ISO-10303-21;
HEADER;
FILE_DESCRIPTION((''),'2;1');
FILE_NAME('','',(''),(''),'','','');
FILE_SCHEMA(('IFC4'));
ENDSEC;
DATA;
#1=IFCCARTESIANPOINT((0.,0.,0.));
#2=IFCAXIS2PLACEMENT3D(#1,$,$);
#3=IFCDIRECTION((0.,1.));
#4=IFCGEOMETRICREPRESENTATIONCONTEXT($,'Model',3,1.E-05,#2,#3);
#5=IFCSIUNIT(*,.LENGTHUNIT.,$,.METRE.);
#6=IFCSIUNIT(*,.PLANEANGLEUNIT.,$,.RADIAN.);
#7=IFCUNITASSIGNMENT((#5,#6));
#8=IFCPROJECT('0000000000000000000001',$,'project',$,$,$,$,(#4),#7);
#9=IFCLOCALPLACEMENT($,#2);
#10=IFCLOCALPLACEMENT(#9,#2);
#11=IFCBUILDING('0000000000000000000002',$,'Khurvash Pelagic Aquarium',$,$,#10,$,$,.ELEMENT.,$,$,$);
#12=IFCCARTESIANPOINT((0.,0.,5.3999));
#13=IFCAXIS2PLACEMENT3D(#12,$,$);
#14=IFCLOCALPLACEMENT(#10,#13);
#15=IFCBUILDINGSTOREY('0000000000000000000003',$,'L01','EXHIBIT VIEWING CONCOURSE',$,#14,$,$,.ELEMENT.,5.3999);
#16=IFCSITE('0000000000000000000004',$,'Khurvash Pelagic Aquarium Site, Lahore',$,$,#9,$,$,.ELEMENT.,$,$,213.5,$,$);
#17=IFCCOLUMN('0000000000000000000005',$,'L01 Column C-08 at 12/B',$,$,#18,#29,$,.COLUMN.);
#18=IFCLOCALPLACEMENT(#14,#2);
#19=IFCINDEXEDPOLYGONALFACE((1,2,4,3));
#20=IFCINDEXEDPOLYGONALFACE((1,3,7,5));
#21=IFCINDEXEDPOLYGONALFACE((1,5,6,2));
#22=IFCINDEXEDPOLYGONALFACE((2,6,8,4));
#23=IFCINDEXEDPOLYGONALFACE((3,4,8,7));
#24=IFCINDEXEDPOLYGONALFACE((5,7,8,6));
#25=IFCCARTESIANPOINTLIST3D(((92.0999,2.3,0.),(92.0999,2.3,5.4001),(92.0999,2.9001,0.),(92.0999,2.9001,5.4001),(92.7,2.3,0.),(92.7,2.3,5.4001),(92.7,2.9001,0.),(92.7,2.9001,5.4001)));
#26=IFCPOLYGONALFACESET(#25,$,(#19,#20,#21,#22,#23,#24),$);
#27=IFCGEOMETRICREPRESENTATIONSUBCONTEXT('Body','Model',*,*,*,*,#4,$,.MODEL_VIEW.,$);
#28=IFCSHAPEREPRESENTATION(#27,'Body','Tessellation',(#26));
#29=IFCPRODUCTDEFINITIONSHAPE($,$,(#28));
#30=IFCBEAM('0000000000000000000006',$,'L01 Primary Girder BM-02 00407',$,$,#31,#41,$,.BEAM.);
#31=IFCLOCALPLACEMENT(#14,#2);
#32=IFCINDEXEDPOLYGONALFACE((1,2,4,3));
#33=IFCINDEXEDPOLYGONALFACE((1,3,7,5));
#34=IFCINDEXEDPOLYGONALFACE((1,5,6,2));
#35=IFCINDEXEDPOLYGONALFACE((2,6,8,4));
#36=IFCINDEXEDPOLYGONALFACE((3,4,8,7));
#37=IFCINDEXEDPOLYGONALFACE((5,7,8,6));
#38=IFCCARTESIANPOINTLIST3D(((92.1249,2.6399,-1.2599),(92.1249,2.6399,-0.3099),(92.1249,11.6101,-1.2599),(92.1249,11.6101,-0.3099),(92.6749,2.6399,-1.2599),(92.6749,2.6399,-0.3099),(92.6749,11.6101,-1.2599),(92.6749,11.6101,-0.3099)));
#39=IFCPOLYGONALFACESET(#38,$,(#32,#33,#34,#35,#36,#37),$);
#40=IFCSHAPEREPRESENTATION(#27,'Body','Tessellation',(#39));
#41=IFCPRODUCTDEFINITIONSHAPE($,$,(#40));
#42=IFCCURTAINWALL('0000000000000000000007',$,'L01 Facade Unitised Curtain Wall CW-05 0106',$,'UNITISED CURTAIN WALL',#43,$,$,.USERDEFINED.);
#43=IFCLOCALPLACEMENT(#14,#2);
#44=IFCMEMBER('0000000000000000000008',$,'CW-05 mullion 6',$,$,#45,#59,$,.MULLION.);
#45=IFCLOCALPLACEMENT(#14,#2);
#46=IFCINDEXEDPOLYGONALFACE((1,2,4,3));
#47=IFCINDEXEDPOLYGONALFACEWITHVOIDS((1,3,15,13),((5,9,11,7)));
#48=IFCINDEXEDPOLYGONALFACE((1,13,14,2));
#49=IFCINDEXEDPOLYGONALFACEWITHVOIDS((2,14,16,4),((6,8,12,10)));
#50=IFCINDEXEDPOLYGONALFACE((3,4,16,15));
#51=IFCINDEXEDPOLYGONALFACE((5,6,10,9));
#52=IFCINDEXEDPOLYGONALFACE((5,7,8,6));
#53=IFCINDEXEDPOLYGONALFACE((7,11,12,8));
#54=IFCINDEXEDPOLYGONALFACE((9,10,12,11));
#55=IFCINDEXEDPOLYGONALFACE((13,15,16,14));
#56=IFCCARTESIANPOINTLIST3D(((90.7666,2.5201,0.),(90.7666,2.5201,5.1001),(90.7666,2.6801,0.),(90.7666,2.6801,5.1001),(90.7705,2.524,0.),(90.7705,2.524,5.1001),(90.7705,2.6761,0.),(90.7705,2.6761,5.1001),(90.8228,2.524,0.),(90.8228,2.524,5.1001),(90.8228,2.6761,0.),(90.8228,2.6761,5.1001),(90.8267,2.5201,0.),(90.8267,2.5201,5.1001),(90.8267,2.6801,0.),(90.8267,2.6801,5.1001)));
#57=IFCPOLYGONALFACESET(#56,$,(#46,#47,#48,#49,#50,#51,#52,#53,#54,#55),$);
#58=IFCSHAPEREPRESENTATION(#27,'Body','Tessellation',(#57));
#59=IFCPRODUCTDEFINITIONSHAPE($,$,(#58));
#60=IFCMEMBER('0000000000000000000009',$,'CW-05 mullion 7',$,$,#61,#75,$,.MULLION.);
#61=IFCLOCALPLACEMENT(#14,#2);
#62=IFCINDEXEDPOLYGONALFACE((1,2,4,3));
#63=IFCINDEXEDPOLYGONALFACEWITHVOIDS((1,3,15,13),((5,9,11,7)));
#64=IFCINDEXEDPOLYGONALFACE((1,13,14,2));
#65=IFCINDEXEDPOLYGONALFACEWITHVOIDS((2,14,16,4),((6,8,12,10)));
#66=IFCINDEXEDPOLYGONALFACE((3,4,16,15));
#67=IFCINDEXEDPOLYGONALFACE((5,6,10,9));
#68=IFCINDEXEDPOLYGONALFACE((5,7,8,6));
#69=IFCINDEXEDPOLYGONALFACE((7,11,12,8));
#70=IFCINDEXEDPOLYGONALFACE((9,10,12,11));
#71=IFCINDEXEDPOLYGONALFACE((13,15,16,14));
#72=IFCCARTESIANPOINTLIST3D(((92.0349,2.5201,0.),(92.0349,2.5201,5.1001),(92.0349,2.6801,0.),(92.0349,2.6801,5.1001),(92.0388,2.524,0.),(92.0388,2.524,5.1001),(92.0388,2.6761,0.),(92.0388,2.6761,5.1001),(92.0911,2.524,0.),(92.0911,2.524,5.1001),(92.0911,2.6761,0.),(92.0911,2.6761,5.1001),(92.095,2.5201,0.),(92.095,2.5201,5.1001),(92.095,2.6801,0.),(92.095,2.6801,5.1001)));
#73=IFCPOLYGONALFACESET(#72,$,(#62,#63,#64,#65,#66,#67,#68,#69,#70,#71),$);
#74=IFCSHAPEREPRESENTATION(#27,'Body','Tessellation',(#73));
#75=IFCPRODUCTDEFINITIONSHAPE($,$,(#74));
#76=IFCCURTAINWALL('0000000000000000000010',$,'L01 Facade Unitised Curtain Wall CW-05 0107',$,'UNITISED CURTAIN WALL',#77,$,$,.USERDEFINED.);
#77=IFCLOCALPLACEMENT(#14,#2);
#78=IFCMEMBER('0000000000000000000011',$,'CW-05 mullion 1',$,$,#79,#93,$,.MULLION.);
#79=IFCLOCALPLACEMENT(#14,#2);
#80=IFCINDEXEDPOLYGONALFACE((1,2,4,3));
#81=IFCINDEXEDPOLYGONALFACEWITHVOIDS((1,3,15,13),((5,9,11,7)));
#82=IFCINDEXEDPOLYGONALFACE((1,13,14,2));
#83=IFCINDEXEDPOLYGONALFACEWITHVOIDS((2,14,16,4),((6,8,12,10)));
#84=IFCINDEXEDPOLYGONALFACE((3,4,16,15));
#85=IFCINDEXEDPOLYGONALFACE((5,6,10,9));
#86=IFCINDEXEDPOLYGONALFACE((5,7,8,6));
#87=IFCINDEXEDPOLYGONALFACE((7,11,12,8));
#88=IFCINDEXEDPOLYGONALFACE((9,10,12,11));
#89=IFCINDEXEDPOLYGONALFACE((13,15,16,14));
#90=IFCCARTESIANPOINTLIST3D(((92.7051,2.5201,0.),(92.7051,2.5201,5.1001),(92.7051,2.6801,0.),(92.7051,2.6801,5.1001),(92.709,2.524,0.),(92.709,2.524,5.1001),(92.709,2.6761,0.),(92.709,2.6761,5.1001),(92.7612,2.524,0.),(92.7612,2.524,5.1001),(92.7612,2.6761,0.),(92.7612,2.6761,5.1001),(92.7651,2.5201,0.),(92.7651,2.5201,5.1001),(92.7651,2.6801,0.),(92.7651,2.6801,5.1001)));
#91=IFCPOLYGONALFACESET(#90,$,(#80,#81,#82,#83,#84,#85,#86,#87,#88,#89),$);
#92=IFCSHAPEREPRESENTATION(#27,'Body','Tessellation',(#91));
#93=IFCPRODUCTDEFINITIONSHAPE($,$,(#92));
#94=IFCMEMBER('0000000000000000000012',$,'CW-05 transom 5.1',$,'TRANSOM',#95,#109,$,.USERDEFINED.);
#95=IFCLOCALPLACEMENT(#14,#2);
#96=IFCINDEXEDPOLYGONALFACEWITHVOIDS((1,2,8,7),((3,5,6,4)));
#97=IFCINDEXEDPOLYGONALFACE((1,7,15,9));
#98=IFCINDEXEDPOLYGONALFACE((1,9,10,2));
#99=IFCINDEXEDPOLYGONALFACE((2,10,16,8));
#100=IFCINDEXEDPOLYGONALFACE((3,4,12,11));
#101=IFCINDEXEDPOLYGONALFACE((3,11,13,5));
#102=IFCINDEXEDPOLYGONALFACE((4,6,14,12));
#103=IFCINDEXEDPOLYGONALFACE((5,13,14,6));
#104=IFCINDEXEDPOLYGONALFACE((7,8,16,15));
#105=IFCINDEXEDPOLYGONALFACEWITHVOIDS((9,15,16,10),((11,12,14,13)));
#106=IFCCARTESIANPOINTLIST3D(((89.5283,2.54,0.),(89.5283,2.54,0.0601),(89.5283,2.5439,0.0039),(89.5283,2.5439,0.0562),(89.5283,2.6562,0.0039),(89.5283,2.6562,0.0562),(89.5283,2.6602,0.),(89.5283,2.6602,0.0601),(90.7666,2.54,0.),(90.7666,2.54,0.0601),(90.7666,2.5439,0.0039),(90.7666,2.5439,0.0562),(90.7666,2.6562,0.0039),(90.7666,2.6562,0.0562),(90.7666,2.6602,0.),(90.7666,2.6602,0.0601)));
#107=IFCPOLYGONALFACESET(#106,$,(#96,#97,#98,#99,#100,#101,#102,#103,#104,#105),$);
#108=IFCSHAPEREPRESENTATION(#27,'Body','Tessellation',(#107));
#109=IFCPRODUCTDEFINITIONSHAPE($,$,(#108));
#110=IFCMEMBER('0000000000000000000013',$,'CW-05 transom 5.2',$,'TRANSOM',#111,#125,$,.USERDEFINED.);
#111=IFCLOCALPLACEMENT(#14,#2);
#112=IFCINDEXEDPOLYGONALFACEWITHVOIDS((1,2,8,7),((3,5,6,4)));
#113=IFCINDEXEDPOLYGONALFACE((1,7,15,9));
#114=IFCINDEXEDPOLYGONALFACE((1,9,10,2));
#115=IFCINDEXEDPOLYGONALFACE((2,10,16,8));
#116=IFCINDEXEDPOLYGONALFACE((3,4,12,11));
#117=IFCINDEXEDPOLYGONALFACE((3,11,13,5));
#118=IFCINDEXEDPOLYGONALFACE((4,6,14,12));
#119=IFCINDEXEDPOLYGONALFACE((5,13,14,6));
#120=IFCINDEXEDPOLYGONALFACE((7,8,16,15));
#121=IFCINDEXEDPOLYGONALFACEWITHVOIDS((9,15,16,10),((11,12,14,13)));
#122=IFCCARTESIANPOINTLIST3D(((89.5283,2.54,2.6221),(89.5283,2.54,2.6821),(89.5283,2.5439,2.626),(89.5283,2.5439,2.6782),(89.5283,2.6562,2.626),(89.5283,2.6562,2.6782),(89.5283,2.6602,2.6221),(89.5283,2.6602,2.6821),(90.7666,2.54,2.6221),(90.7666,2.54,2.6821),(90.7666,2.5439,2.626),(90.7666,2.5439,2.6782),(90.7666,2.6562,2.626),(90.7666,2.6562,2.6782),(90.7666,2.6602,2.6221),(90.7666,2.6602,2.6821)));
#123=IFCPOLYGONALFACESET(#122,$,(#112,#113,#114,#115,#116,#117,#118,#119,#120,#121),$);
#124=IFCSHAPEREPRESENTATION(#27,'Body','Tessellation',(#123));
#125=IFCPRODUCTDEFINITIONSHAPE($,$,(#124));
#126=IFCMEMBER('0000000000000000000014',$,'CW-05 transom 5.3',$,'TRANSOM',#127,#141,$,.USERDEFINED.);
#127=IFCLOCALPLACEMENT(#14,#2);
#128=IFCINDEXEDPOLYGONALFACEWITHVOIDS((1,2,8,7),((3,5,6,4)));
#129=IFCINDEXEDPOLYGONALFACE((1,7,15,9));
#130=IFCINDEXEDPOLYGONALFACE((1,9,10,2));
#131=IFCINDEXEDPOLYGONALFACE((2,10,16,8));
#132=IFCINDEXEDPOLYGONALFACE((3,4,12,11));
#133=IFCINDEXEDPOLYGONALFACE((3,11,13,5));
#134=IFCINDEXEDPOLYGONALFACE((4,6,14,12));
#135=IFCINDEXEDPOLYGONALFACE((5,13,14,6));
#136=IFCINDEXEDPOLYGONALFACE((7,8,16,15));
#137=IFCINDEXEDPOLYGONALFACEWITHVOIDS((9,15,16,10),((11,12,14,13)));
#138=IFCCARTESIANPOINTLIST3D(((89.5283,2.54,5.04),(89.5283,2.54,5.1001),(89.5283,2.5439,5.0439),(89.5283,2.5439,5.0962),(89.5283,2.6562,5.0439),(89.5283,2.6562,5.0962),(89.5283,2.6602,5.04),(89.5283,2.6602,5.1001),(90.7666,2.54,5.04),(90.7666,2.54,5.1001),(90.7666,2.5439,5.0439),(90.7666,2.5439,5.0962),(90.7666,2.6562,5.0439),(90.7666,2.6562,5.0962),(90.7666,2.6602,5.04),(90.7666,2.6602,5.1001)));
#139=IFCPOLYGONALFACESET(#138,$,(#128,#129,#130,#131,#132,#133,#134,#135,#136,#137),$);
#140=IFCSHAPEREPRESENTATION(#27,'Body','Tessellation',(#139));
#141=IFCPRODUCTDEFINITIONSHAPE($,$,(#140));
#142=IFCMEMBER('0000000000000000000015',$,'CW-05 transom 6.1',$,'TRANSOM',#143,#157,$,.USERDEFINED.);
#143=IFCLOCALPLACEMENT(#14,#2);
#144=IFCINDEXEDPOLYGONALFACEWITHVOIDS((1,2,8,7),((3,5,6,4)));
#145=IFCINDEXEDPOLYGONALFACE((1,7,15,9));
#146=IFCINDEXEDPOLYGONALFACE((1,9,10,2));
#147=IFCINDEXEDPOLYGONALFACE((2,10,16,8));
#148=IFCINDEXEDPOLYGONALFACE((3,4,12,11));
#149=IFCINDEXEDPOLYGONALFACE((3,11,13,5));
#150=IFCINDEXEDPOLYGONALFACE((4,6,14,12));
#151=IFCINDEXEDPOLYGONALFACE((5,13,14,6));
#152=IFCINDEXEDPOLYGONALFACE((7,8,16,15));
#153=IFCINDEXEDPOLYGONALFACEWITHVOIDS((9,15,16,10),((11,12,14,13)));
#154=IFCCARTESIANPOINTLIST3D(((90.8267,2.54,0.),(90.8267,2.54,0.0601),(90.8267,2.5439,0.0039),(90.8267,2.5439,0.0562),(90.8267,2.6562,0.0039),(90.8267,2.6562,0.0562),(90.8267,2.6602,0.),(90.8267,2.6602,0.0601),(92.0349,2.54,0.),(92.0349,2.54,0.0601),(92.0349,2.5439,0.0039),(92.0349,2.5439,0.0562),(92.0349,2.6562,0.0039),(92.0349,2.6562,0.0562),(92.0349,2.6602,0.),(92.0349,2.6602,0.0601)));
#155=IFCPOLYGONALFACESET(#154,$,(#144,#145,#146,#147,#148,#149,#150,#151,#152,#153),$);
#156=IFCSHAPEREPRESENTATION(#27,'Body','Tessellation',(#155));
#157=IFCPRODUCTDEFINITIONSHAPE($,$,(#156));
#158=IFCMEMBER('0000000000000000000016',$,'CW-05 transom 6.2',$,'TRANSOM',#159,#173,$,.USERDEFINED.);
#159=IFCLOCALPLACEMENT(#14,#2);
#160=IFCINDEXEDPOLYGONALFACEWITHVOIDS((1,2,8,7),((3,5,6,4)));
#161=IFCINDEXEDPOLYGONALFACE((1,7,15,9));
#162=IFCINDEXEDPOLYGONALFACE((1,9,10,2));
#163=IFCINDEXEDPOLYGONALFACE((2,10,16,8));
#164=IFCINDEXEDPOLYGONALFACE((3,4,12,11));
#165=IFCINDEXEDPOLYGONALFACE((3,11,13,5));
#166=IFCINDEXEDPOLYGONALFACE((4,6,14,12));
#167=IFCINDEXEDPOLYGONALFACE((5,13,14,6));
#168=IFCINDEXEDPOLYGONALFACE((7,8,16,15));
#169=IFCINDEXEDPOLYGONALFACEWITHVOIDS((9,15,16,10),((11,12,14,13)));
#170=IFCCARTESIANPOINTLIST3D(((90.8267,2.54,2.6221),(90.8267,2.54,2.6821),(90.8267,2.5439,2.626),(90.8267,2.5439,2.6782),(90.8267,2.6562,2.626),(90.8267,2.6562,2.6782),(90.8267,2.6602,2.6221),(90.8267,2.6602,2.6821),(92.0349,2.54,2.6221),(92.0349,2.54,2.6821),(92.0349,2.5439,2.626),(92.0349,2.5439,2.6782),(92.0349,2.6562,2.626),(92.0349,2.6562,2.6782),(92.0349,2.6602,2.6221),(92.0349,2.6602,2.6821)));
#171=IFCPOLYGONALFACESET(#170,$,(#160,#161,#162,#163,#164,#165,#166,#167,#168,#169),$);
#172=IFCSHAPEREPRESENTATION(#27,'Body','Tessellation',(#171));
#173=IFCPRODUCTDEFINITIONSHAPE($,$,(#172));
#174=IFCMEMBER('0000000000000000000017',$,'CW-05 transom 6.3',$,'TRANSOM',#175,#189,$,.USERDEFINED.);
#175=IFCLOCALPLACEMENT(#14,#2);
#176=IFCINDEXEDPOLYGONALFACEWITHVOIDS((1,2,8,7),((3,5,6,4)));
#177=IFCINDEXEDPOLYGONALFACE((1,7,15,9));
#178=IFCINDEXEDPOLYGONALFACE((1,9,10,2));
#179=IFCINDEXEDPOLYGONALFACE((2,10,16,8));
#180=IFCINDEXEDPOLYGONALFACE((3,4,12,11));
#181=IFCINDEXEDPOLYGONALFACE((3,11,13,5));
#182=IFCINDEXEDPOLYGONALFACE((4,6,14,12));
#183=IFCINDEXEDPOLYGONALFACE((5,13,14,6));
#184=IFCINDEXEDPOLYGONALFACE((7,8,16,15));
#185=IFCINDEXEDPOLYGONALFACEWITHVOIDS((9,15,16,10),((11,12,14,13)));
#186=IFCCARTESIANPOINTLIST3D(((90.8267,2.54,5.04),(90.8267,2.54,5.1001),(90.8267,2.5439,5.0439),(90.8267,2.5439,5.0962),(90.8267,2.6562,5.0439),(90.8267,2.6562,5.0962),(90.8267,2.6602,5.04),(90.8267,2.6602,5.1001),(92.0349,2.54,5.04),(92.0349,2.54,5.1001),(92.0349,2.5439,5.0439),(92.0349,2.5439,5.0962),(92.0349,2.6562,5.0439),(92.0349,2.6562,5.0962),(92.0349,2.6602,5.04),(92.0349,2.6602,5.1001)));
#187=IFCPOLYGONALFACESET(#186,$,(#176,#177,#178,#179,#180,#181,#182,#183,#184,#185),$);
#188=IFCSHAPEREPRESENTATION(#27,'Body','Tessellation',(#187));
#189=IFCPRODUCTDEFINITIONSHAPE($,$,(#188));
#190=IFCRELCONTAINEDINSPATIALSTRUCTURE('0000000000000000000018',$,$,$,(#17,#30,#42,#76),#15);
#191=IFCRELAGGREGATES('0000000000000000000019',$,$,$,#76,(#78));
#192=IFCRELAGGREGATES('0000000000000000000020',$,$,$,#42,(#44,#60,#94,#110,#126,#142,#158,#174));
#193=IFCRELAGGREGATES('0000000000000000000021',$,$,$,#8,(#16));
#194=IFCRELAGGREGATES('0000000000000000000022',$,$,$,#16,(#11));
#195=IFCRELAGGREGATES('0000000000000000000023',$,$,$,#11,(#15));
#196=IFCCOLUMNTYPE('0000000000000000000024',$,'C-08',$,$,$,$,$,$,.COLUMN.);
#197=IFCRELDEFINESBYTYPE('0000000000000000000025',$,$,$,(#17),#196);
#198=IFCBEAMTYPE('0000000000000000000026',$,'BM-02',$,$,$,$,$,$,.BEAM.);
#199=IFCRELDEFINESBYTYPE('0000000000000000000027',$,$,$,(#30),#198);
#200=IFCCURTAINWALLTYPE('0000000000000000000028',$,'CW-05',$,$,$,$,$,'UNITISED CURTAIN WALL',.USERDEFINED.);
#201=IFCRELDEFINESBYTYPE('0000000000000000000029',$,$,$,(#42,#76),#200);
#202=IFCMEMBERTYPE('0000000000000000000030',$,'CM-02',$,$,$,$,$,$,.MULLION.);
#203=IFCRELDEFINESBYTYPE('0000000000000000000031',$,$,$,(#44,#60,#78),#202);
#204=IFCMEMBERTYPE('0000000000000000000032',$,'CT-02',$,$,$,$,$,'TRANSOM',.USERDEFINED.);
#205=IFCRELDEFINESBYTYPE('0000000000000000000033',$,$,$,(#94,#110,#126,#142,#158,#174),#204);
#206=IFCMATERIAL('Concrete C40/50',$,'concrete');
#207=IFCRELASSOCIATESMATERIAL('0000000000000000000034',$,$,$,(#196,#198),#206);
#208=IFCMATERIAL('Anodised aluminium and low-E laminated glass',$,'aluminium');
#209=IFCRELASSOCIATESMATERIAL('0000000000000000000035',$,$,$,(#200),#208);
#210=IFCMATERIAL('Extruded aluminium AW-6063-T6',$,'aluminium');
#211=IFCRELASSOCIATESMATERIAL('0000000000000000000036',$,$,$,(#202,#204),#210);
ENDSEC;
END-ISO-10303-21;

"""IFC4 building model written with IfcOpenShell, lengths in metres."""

from ifc_helpers import new_model, si_unit, direction, frame, origin, origin_2d, place, context, subcontext, project, spatial, rectangle, hollow_rectangle, extrude, material, material_profile, profile_set, type_object, element, aggregate, save


model = new_model("IFC4")

# Units and contexts
model_context = context("Model", 3, precision=1e-05, world=origin(), true_north=direction((0.0, 1.0)))
body_context = subcontext(model_context, "Body", "Model", "MODEL_VIEW")
ifc_project = project(units=[si_unit("LENGTHUNIT", "METRE"), si_unit("PLANEANGLEUNIT", "RADIAN")], contexts=[model_context])

# Site, building, storey
site_placement = place(None, origin())
site = spatial("IfcSite", under=ifc_project, at=site_placement, Name="Khurvash Pelagic Aquarium Site, Lahore", CompositionType="ELEMENT", RefElevation=213.5)
building_placement = place(site_placement, origin())
building = spatial("IfcBuilding", under=site, at=building_placement, Name="Khurvash Pelagic Aquarium", CompositionType="ELEMENT")
storey_placement = place(building_placement, frame((0.0, 0.0, 5.3999)))
storey = spatial("IfcBuildingStorey", under=building, at=storey_placement, Name="L01", Description="EXHIBIT VIEWING CONCOURSE", CompositionType="ELEMENT", Elevation=5.3999)

# Column
ifc_material_1 = material(Name="Concrete C40/50", Category="concrete")
ifc_material_profile_1 = material_profile(ifc_material_1, rectangle(XDim=0.6001, YDim=0.6001, at=origin_2d()), Name="RC600X600")
ifc_profile_set_1 = profile_set([ifc_material_profile_1], Name="Concrete C40/50")
column_type = type_object("IfcColumnType", Name="C-08", PredefinedType="COLUMN", material=ifc_profile_set_1)
column_placement = place(storey_placement, frame((92.3999, 2.6001, 0.0), z_axis=(0.0, 0.0, 1.0), x_axis=(1.0, 0.0, 0.0)))
element("IfcColumn", 1, at=column_placement, inside=storey, type_object=column_type, Name="L01 Column C-08 at 12/B", PredefinedType="COLUMN", context=body_context, shape_type="SweptSolid", body=[
    extrude(rectangle(XDim=0.6001, YDim=0.6001, at=origin_2d()), origin(), (0.0, 0.0, 1.0), 5.4001),
])

# Beam
ifc_material_profile_2 = material_profile(ifc_material_1, rectangle(XDim=0.55, YDim=0.95, at=origin_2d()), Name="RC550X950")
ifc_profile_set_2 = profile_set([ifc_material_profile_2], Name="Concrete C40/50")
beam_type_1 = type_object("IfcBeamType", Name="BM-02", PredefinedType="BEAM", material=ifc_profile_set_2)
beam_1_placement = place(storey_placement, frame((92.3999, 2.6399, -0.7849), z_axis=(0.0, 1.0, 0.0), x_axis=(-1.0, 0.0, 0.0)))
element("IfcBeam", 2, at=beam_1_placement, inside=storey, type_object=beam_type_1, Name="L01 Primary Girder BM-02 00407", PredefinedType="BEAM", context=body_context, shape_type="SweptSolid", body=[
    extrude(rectangle(XDim=0.55, YDim=0.95, at=origin_2d()), origin(), (0.0, 0.0, 1.0), 8.9702),
])

# Curtain wall, members
ifc_material_2 = material(Name="Anodised aluminium and low-E laminated glass", Category="aluminium")
curtain_wall_type = type_object("IfcCurtainWallType", Name="CW-05", ElementType="UNITISED CURTAIN WALL", PredefinedType="USERDEFINED", material=ifc_material_2)
curtain_wall_1_placement = place(storey_placement, origin())
curtain_wall_1 = element("IfcCurtainWall", 3, at=curtain_wall_1_placement, inside=storey, type_object=curtain_wall_type, Name="L01 Facade Unitised Curtain Wall CW-05 0106", ObjectType="UNITISED CURTAIN WALL", PredefinedType="USERDEFINED")
ifc_material_3 = material(Name="Extruded aluminium AW-6063-T6", Category="aluminium")
ifc_material_profile_3 = material_profile(ifc_material_3, hollow_rectangle(XDim=0.0601, YDim=0.1599, WallThickness=0.0039, at=origin_2d()), Name="CWM60X160X4")
ifc_profile_set_3 = profile_set([ifc_material_profile_3], Name="Extruded aluminium AW-6063-T6")
member_type_1 = type_object("IfcMemberType", Name="CM-02", PredefinedType="MULLION", material=ifc_profile_set_3)
member_1_placement = place(storey_placement, frame((90.7966, 2.6001, 0.0), z_axis=(0.0, 0.0, 1.0), x_axis=(1.0, 0.0, 0.0)))
member_1 = element("IfcMember", 4, at=member_1_placement, type_object=member_type_1, Name="CW-05 mullion 6", PredefinedType="MULLION", context=body_context, shape_type="SweptSolid", body=[
    extrude(hollow_rectangle(XDim=0.0601, YDim=0.1599, WallThickness=0.0039, at=origin_2d()), origin(), (0.0, 0.0, 1.0), 5.1001),
])
member_2_placement = place(storey_placement, frame((92.0649, 2.6001, 0.0), z_axis=(0.0, 0.0, 1.0), x_axis=(1.0, 0.0, 0.0)))
member_2 = element("IfcMember", 5, at=member_2_placement, type_object=member_type_1, Name="CW-05 mullion 7", PredefinedType="MULLION", context=body_context, shape_type="SweptSolid", body=[
    extrude(hollow_rectangle(XDim=0.0601, YDim=0.1599, WallThickness=0.0039, at=origin_2d()), origin(), (0.0, 0.0, 1.0), 5.1001),
])

# Curtain wall, member
curtain_wall_2_placement = place(storey_placement, origin())
curtain_wall_2 = element("IfcCurtainWall", 6, at=curtain_wall_2_placement, inside=storey, type_object=curtain_wall_type, Name="L01 Facade Unitised Curtain Wall CW-05 0107", ObjectType="UNITISED CURTAIN WALL", PredefinedType="USERDEFINED")
member_3_placement = place(storey_placement, frame((92.7351, 2.6001, 0.0), z_axis=(0.0, 0.0, 1.0), x_axis=(1.0, 0.0, 0.0)))
member_3 = element("IfcMember", 7, at=member_3_placement, type_object=member_type_1, Name="CW-05 mullion 1", PredefinedType="MULLION", context=body_context, shape_type="SweptSolid", body=[
    extrude(hollow_rectangle(XDim=0.0601, YDim=0.1599, WallThickness=0.0039, at=origin_2d()), origin(), (0.0, 0.0, 1.0), 5.1001),
])

# Members
ifc_material_profile_4 = material_profile(ifc_material_3, hollow_rectangle(XDim=0.1201, YDim=0.0601, WallThickness=0.0039, at=origin_2d()), Name="CWT120X60X4")
ifc_profile_set_4 = profile_set([ifc_material_profile_4], Name="Extruded aluminium AW-6063-T6")
member_type_2 = type_object("IfcMemberType", Name="CT-02", ElementType="TRANSOM", PredefinedType="USERDEFINED", material=ifc_profile_set_4)
member_4_placement = place(storey_placement, frame((89.5283, 2.6001, 0.03), z_axis=(1.0, 0.0, 0.0), x_axis=(0.0, 1.0, 0.0)))
member_4 = element("IfcMember", 8, at=member_4_placement, type_object=member_type_2, Name="CW-05 transom 5.1", ObjectType="TRANSOM", PredefinedType="USERDEFINED", context=body_context, shape_type="SweptSolid", body=[
    extrude(hollow_rectangle(XDim=0.1201, YDim=0.0601, WallThickness=0.0039, at=origin_2d()), origin(), (0.0, 0.0, 1.0), 1.2383),
])
member_5_placement = place(storey_placement, frame((89.5283, 2.6001, 2.6521), z_axis=(1.0, 0.0, 0.0), x_axis=(0.0, 1.0, 0.0)))
member_5 = element("IfcMember", 9, at=member_5_placement, type_object=member_type_2, Name="CW-05 transom 5.2", ObjectType="TRANSOM", PredefinedType="USERDEFINED", context=body_context, shape_type="SweptSolid", body=[
    extrude(hollow_rectangle(XDim=0.1201, YDim=0.0601, WallThickness=0.0039, at=origin_2d()), origin(), (0.0, 0.0, 1.0), 1.2383),
])
member_6_placement = place(storey_placement, frame((89.5283, 2.6001, 5.0701), z_axis=(1.0, 0.0, 0.0), x_axis=(0.0, 1.0, 0.0)))
member_6 = element("IfcMember", 10, at=member_6_placement, type_object=member_type_2, Name="CW-05 transom 5.3", ObjectType="TRANSOM", PredefinedType="USERDEFINED", context=body_context, shape_type="SweptSolid", body=[
    extrude(hollow_rectangle(XDim=0.1201, YDim=0.0601, WallThickness=0.0039, at=origin_2d()), origin(), (0.0, 0.0, 1.0), 1.2383),
])
member_7_placement = place(storey_placement, frame((90.8267, 2.6001, 0.03), z_axis=(1.0, 0.0, 0.0), x_axis=(0.0, 1.0, 0.0)))
member_7 = element("IfcMember", 11, at=member_7_placement, type_object=member_type_2, Name="CW-05 transom 6.1", ObjectType="TRANSOM", PredefinedType="USERDEFINED", context=body_context, shape_type="SweptSolid", body=[
    extrude(hollow_rectangle(XDim=0.1201, YDim=0.0601, WallThickness=0.0039, at=origin_2d()), origin(), (0.0, 0.0, 1.0), 1.2083),
])
member_8_placement = place(storey_placement, frame((90.8267, 2.6001, 2.6521), z_axis=(1.0, 0.0, 0.0), x_axis=(0.0, 1.0, 0.0)))
member_8 = element("IfcMember", 12, at=member_8_placement, type_object=member_type_2, Name="CW-05 transom 6.2", ObjectType="TRANSOM", PredefinedType="USERDEFINED", context=body_context, shape_type="SweptSolid", body=[
    extrude(hollow_rectangle(XDim=0.1201, YDim=0.0601, WallThickness=0.0039, at=origin_2d()), origin(), (0.0, 0.0, 1.0), 1.2083),
])
member_9_placement = place(storey_placement, frame((90.8267, 2.6001, 5.0701), z_axis=(1.0, 0.0, 0.0), x_axis=(0.0, 1.0, 0.0)))
member_9 = element("IfcMember", 13, at=member_9_placement, type_object=member_type_2, Name="CW-05 transom 6.3", ObjectType="TRANSOM", PredefinedType="USERDEFINED", context=body_context, shape_type="SweptSolid", body=[
    extrude(hollow_rectangle(XDim=0.1201, YDim=0.0601, WallThickness=0.0039, at=origin_2d()), origin(), (0.0, 0.0, 1.0), 1.2083),
])
aggregate(curtain_wall_2, [member_3])

aggregate(curtain_wall_1, [member_1, member_2, member_4, member_5, member_6, member_7, member_8, member_9])

save(model, "model.ifc")
